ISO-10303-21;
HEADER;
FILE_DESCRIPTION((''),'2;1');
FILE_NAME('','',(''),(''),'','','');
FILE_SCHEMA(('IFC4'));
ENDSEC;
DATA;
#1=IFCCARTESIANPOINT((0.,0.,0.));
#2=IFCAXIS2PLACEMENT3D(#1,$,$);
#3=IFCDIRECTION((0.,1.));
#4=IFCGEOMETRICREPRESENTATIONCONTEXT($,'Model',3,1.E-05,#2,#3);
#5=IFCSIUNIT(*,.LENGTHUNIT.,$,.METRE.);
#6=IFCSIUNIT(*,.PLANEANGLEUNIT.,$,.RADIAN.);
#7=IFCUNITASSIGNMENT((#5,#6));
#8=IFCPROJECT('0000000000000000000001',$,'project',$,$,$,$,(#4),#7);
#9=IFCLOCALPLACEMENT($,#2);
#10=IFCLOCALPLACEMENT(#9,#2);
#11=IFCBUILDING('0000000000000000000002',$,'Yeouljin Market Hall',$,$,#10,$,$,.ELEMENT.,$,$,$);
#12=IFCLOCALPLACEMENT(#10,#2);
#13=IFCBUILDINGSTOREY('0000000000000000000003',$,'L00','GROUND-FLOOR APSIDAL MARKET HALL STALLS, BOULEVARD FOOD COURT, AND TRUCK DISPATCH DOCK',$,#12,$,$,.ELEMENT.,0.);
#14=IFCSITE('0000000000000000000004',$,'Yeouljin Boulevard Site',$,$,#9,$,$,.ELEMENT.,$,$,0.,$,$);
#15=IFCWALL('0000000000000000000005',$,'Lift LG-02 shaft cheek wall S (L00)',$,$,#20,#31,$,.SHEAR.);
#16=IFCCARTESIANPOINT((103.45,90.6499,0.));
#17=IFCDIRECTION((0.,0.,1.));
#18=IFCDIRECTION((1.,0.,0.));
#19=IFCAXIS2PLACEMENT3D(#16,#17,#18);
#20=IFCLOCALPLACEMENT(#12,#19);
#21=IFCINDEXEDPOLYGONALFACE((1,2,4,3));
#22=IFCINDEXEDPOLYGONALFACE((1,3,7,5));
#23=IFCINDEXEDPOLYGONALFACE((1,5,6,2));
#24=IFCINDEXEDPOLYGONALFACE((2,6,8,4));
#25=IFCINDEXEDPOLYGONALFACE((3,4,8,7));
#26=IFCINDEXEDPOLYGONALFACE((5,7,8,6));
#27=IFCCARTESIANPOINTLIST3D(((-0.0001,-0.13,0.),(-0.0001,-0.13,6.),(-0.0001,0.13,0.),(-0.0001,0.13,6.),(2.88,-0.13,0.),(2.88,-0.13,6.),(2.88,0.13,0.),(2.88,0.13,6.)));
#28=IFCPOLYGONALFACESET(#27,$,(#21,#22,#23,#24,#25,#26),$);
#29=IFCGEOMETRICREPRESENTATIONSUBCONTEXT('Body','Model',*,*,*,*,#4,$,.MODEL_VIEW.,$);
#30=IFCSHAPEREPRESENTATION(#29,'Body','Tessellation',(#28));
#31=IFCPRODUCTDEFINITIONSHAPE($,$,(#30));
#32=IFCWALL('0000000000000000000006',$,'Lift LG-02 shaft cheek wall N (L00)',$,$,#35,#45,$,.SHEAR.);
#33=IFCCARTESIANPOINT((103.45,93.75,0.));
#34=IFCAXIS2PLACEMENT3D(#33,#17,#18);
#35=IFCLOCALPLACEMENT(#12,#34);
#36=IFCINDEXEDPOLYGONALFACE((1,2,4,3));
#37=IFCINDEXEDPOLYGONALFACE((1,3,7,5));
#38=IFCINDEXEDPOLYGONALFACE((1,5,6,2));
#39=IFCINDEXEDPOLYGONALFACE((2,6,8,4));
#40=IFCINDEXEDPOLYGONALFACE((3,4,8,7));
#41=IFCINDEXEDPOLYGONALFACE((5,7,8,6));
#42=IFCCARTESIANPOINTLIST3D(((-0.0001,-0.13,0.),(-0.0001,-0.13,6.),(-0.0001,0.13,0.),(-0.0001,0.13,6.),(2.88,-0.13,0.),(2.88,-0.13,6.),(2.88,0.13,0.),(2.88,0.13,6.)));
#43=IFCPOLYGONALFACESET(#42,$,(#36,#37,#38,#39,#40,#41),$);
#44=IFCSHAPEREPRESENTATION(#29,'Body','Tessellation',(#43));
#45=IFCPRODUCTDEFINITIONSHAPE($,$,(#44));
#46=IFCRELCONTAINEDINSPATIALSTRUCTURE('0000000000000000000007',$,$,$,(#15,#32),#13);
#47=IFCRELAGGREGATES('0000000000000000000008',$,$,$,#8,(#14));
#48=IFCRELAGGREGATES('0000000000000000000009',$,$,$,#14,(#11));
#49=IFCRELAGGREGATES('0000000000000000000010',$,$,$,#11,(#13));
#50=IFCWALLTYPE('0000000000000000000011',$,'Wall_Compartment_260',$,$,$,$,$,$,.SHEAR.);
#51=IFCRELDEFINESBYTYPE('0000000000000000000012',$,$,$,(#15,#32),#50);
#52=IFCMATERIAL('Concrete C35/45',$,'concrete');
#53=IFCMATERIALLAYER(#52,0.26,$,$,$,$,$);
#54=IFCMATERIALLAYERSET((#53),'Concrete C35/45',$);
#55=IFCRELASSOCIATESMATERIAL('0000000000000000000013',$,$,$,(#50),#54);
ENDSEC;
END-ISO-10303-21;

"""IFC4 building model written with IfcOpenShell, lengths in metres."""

from ifc_helpers import new_model, si_unit, direction, frame, frame_2d, origin, place, context, subcontext, project, spatial, rectangle, extrude, material, layer, layer_set, type_object, element, save


model = new_model("IFC4")

# Units and contexts
model_context = context("Model", 3, precision=1e-05, world=origin(), true_north=direction((0.0, 1.0)))
body_context = subcontext(model_context, "Body", "Model", "MODEL_VIEW")
ifc_project = project(units=[si_unit("LENGTHUNIT", "METRE"), si_unit("PLANEANGLEUNIT", "RADIAN")], contexts=[model_context])

# Site, building, storey
site_placement = place(None, origin())
site = spatial("IfcSite", under=ifc_project, at=site_placement, Name="Yeouljin Boulevard Site", CompositionType="ELEMENT", RefElevation=0.0)
building_placement = place(site_placement, origin())
building = spatial("IfcBuilding", under=site, at=building_placement, Name="Yeouljin Market Hall", CompositionType="ELEMENT")
storey_placement = place(building_placement, origin())
storey = spatial("IfcBuildingStorey", under=building, at=storey_placement, Name="L00", Description="GROUND-FLOOR APSIDAL MARKET HALL STALLS, BOULEVARD FOOD COURT, AND TRUCK DISPATCH DOCK", CompositionType="ELEMENT", Elevation=0.0)

# Shared definitions
ifc_material_1 = material(Name="Concrete C35/45", Category="concrete")
ifc_layer_1 = layer(ifc_material_1, 0.26)
ifc_layer_set_1 = layer_set([ifc_layer_1], Name="Concrete C35/45")
wall_type_1 = type_object("IfcWallType", Name="Wall_Compartment_260", PredefinedType="SHEAR", material=ifc_layer_set_1)

# Walls
for number, where, z_axis, x_axis, name in (
    (1, (103.45, 90.6499, 0.0), (0.0, 0.0, 1.0), (1.0, 0.0, 0.0), "Lift LG-02 shaft cheek wall S (L00)"),
    (2, (103.45, 93.75, 0.0), (0.0, 0.0, 1.0), (1.0, 0.0, 0.0), "Lift LG-02 shaft cheek wall N (L00)"),
):
    element("IfcWall", number, at=place(storey_placement, frame(where, z_axis=z_axis, x_axis=x_axis)), inside=storey, type_object=wall_type_1, Name=name, PredefinedType="SHEAR", context=body_context, shape_type="SweptSolid", body=[
        extrude(rectangle(XDim=2.8801, YDim=0.26, at=frame_2d((1.4399, 0.0))), origin(), (0.0, 0.0, 1.0), 6.0),
    ])

save(model, "model.ifc")
